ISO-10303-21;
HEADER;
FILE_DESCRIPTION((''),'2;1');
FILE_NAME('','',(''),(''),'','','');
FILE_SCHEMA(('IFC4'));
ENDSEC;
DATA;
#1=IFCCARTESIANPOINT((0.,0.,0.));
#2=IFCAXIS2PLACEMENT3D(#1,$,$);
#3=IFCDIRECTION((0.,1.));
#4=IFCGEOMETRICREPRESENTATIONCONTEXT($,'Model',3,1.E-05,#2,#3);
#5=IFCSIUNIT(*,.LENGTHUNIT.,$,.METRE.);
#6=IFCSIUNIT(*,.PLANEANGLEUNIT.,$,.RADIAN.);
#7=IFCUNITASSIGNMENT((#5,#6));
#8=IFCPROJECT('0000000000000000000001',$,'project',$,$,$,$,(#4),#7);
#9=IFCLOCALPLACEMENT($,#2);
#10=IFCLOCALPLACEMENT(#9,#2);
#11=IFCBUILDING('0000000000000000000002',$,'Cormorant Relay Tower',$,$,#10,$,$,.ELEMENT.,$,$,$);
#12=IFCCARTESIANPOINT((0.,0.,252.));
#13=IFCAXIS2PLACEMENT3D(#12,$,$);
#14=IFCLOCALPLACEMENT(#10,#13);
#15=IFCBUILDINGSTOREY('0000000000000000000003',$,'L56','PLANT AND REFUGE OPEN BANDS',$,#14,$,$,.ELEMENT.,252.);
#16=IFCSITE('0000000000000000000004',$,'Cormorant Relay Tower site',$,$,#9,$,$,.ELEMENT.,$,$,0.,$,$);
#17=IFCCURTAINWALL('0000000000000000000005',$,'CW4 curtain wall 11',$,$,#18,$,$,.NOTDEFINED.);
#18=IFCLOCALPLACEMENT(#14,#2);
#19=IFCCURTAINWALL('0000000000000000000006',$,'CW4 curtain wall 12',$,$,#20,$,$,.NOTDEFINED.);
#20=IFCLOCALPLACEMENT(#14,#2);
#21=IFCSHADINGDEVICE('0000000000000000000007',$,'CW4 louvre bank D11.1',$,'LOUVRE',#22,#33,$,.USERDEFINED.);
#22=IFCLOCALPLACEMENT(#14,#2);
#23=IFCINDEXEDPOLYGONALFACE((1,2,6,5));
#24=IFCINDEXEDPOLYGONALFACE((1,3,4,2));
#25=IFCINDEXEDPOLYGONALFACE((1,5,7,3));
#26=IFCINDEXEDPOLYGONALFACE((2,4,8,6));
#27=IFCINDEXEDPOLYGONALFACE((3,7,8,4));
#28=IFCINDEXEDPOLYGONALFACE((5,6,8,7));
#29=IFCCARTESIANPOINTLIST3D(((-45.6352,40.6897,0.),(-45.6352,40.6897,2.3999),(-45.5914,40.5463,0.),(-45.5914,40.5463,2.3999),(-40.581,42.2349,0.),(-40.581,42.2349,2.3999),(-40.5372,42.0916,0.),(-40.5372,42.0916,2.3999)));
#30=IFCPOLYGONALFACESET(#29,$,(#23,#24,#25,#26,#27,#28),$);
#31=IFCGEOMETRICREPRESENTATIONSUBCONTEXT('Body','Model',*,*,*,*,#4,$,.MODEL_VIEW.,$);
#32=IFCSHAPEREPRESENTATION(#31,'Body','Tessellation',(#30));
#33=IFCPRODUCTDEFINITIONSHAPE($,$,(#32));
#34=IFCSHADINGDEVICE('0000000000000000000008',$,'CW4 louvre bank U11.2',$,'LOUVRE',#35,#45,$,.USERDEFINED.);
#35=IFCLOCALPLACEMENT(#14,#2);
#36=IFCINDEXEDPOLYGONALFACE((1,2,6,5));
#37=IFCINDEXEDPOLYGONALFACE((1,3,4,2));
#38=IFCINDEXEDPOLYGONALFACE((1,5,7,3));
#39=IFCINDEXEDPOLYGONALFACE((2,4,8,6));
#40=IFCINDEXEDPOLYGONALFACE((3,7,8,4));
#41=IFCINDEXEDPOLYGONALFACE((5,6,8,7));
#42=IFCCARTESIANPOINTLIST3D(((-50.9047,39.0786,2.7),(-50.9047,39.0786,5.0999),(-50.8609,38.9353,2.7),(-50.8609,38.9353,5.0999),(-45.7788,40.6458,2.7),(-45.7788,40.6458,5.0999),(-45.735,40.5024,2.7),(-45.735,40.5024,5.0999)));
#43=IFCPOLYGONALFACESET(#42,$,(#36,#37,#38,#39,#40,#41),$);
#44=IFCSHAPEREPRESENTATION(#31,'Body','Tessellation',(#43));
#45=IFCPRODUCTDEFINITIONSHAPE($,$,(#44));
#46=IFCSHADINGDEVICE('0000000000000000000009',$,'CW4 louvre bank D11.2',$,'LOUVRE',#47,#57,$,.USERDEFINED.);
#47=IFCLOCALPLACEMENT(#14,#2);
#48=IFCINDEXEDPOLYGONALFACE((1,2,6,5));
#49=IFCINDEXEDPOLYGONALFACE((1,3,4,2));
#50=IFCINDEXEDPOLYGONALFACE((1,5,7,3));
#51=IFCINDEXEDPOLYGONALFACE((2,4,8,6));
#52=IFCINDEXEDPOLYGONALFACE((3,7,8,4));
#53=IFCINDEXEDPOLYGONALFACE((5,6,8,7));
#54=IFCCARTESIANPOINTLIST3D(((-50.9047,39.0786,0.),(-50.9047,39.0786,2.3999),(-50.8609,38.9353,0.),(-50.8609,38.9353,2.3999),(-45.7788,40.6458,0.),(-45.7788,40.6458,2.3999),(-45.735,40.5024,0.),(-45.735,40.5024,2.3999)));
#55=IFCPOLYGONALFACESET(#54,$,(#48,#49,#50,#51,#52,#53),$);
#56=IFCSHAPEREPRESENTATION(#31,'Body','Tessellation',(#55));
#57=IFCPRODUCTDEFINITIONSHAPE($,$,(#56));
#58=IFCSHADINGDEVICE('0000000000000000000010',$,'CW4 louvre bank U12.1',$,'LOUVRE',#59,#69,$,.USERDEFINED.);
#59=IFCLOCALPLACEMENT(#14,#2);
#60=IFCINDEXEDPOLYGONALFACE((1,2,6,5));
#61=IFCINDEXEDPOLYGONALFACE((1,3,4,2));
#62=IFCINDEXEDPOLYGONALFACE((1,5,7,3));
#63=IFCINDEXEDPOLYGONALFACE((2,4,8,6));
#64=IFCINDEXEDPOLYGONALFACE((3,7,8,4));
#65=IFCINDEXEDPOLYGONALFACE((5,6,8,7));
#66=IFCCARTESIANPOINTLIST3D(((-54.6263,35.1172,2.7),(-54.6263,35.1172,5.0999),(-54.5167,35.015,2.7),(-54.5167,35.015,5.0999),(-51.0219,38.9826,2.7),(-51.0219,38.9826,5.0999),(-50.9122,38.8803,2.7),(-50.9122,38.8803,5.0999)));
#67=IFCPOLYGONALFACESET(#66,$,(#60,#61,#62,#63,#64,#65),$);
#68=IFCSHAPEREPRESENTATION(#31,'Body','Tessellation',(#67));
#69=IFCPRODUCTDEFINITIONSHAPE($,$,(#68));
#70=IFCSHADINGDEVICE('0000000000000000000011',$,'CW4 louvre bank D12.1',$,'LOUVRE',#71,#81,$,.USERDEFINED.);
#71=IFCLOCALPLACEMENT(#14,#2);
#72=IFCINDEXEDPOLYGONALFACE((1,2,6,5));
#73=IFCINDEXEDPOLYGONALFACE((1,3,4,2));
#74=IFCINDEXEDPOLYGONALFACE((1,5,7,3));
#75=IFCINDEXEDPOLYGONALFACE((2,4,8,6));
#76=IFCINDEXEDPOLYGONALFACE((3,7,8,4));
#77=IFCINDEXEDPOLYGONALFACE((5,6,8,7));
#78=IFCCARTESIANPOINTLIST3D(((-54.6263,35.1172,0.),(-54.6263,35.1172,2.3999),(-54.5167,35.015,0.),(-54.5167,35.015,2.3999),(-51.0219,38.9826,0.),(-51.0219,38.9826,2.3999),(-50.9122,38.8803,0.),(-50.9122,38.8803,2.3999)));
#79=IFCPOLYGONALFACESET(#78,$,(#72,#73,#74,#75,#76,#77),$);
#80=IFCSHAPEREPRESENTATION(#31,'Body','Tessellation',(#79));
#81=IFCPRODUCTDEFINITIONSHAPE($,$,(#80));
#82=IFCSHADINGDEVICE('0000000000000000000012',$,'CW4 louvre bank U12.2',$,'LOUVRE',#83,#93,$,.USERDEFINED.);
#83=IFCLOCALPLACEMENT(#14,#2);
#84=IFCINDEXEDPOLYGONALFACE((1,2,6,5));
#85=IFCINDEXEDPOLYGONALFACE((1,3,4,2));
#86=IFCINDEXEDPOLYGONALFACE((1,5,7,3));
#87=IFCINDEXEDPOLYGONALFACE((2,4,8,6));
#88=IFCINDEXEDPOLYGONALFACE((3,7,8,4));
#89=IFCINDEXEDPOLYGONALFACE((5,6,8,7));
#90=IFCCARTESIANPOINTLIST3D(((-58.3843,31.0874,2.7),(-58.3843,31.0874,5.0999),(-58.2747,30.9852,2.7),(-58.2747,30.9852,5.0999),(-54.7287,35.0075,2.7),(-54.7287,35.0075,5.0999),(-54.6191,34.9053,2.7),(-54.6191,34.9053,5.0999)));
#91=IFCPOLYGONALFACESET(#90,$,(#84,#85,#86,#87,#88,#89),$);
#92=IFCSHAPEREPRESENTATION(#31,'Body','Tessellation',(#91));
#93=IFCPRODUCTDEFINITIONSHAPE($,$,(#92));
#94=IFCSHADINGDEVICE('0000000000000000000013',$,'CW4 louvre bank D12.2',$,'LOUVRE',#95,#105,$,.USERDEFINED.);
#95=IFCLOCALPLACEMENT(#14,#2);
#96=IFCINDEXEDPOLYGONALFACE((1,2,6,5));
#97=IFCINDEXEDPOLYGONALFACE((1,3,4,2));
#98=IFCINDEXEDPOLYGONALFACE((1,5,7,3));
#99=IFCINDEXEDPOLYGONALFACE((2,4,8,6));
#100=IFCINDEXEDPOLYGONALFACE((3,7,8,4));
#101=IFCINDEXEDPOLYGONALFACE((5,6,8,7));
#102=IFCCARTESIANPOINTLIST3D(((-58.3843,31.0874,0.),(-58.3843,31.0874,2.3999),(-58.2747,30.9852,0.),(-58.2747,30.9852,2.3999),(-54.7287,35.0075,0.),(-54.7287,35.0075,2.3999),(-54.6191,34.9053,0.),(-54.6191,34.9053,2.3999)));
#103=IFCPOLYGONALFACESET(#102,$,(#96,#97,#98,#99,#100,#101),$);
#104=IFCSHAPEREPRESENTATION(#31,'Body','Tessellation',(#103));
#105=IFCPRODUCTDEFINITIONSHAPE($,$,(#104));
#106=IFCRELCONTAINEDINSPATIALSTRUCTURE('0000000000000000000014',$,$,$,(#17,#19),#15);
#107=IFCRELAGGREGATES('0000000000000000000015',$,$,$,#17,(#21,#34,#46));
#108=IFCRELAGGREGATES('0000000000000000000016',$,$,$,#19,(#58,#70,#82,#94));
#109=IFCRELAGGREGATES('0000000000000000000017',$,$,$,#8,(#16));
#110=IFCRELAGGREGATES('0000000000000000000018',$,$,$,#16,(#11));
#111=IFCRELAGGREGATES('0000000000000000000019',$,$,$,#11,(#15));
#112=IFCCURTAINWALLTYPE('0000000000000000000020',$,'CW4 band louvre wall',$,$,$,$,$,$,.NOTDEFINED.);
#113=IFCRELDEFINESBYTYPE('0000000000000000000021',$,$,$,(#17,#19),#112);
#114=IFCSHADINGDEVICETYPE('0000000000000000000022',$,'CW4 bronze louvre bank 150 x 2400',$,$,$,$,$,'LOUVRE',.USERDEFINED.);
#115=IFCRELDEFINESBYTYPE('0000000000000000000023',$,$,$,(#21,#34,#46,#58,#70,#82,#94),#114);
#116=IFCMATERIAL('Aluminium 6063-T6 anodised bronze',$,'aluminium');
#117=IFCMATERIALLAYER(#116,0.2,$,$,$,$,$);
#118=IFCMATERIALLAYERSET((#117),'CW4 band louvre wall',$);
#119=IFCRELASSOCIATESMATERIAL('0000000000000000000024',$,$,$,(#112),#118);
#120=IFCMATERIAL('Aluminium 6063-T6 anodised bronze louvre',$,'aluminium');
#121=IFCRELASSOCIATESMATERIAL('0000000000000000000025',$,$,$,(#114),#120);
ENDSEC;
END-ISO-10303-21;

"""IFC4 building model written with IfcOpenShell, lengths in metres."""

from ifc_helpers import new_model, si_unit, direction, frame, origin, origin_2d, place, context, subcontext, project, spatial, rectangle, extrude, material, layer, layer_set, type_object, element, aggregate, save


model = new_model("IFC4")

# Units and contexts
model_context = context("Model", 3, precision=1e-05, world=origin(), true_north=direction((0.0, 1.0)))
body_context = subcontext(model_context, "Body", "Model", "MODEL_VIEW")
ifc_project = project(units=[si_unit("LENGTHUNIT", "METRE"), si_unit("PLANEANGLEUNIT", "RADIAN")], contexts=[model_context])

# Site, building, storey
site_placement = place(None, origin())
site = spatial("IfcSite", under=ifc_project, at=site_placement, Name="Cormorant Relay Tower site", CompositionType="ELEMENT", RefElevation=0.0)
building_placement = place(site_placement, origin())
building = spatial("IfcBuilding", under=site, at=building_placement, Name="Cormorant Relay Tower", CompositionType="ELEMENT")
storey_placement = place(building_placement, frame((0.0, 0.0, 252.0)))
storey = spatial("IfcBuildingStorey", under=building, at=storey_placement, Name="L56", Description="PLANT AND REFUGE OPEN BANDS", CompositionType="ELEMENT", Elevation=252.0)

# Curtain walls
ifc_material_1 = material(Name="Aluminium 6063-T6 anodised bronze", Category="aluminium")
ifc_layer_1 = layer(ifc_material_1, 0.2)
ifc_layer_set_1 = layer_set([ifc_layer_1], Name="CW4 band louvre wall")
curtain_wall_type = type_object("IfcCurtainWallType", Name="CW4 band louvre wall", PredefinedType="NOTDEFINED", material=ifc_layer_set_1)
curtain_wall_1_placement = place(storey_placement, origin())
curtain_wall_1 = element("IfcCurtainWall", 1, at=curtain_wall_1_placement, inside=storey, type_object=curtain_wall_type, Name="CW4 curtain wall 11", PredefinedType="NOTDEFINED")
curtain_wall_2_placement = place(storey_placement, origin())
curtain_wall_2 = element("IfcCurtainWall", 2, at=curtain_wall_2_placement, inside=storey, type_object=curtain_wall_type, Name="CW4 curtain wall 12", PredefinedType="NOTDEFINED")

# Shared definitions
ifc_material_2 = material(Name="Aluminium 6063-T6 anodised bronze louvre", Category="aluminium")
shading_device_type = type_object("IfcShadingDeviceType", Name="CW4 bronze louvre bank 150 x 2400", ElementType="LOUVRE", PredefinedType="USERDEFINED", material=ifc_material_2)

# Shading devices
shading_device_1_placement = place(storey_placement, frame((-43.0862, 41.3906, 0.0), z_axis=(0.0, 0.0, 1.0), x_axis=(-0.956305, -0.292372, 0.0)))
shading_device_1 = element("IfcShadingDevice", 3, at=shading_device_1_placement, type_object=shading_device_type, Name="CW4 louvre bank D11.1", ObjectType="LOUVRE", PredefinedType="USERDEFINED", context=body_context, shape_type="SweptSolid", body=[
    extrude(rectangle(XDim=5.2852, YDim=0.1499, at=origin_2d()), origin(), (0.0, 0.0, 1.0), 2.3999),
])
shading_device_2_placement = place(storey_placement, frame((-48.3198, 39.7905, 2.7), z_axis=(0.0, 0.0, 1.0), x_axis=(-0.956305, -0.292372, 0.0)))
shading_device_2 = element("IfcShadingDevice", 4, at=shading_device_2_placement, type_object=shading_device_type, Name="CW4 louvre bank U11.2", ObjectType="LOUVRE", PredefinedType="USERDEFINED", context=body_context, shape_type="SweptSolid", body=[
    extrude(rectangle(XDim=5.3601, YDim=0.1499, at=origin_2d()), origin(), (0.0, 0.0, 1.0), 2.3999),
])
shading_device_3_placement = place(storey_placement, frame((-48.3198, 39.7905, 0.0), z_axis=(0.0, 0.0, 1.0), x_axis=(-0.956305, -0.292372, 0.0)))
shading_device_3 = element("IfcShadingDevice", 5, at=shading_device_3_placement, type_object=shading_device_type, Name="CW4 louvre bank D11.2", ObjectType="LOUVRE", PredefinedType="USERDEFINED", context=body_context, shape_type="SweptSolid", body=[
    extrude(rectangle(XDim=5.3601, YDim=0.1499, at=origin_2d()), origin(), (0.0, 0.0, 1.0), 2.3999),
])
aggregate(curtain_wall_1, [shading_device_1, shading_device_2, shading_device_3])
shading_device_4_placement = place(storey_placement, frame((-52.7693, 36.9988, 2.7), z_axis=(0.0, 0.0, 1.0), x_axis=(-0.681998, -0.731354, 0.0)))
shading_device_4 = element("IfcShadingDevice", 6, at=shading_device_4_placement, type_object=shading_device_type, Name="CW4 louvre bank U12.1", ObjectType="LOUVRE", PredefinedType="USERDEFINED", context=body_context, shape_type="SweptSolid", body=[
    extrude(rectangle(XDim=5.2852, YDim=0.1499, at=origin_2d()), origin(), (0.0, 0.0, 1.0), 2.3999),
])
shading_device_5_placement = place(storey_placement, frame((-52.7693, 36.9988, 0.0), z_axis=(0.0, 0.0, 1.0), x_axis=(-0.681998, -0.731354, 0.0)))
shading_device_5 = element("IfcShadingDevice", 7, at=shading_device_5_placement, type_object=shading_device_type, Name="CW4 louvre bank D12.1", ObjectType="LOUVRE", PredefinedType="USERDEFINED", context=body_context, shape_type="SweptSolid", body=[
    extrude(rectangle(XDim=5.2852, YDim=0.1499, at=origin_2d()), origin(), (0.0, 0.0, 1.0), 2.3999),
])
shading_device_6_placement = place(storey_placement, frame((-56.5017, 32.9963, 2.7), z_axis=(0.0, 0.0, 1.0), x_axis=(-0.681998, -0.731354, 0.0)))
shading_device_6 = element("IfcShadingDevice", 8, at=shading_device_6_placement, type_object=shading_device_type, Name="CW4 louvre bank U12.2", ObjectType="LOUVRE", PredefinedType="USERDEFINED", context=body_context, shape_type="SweptSolid", body=[
    extrude(rectangle(XDim=5.3601, YDim=0.1499, at=origin_2d()), origin(), (0.0, 0.0, 1.0), 2.3999),
])
shading_device_7_placement = place(storey_placement, frame((-56.5017, 32.9963, 0.0), z_axis=(0.0, 0.0, 1.0), x_axis=(-0.681998, -0.731354, 0.0)))
shading_device_7 = element("IfcShadingDevice", 9, at=shading_device_7_placement, type_object=shading_device_type, Name="CW4 louvre bank D12.2", ObjectType="LOUVRE", PredefinedType="USERDEFINED", context=body_context, shape_type="SweptSolid", body=[
    extrude(rectangle(XDim=5.3601, YDim=0.1499, at=origin_2d()), origin(), (0.0, 0.0, 1.0), 2.3999),
])
aggregate(curtain_wall_2, [shading_device_4, shading_device_5, shading_device_6, shading_device_7])

save(model, "model.ifc")
